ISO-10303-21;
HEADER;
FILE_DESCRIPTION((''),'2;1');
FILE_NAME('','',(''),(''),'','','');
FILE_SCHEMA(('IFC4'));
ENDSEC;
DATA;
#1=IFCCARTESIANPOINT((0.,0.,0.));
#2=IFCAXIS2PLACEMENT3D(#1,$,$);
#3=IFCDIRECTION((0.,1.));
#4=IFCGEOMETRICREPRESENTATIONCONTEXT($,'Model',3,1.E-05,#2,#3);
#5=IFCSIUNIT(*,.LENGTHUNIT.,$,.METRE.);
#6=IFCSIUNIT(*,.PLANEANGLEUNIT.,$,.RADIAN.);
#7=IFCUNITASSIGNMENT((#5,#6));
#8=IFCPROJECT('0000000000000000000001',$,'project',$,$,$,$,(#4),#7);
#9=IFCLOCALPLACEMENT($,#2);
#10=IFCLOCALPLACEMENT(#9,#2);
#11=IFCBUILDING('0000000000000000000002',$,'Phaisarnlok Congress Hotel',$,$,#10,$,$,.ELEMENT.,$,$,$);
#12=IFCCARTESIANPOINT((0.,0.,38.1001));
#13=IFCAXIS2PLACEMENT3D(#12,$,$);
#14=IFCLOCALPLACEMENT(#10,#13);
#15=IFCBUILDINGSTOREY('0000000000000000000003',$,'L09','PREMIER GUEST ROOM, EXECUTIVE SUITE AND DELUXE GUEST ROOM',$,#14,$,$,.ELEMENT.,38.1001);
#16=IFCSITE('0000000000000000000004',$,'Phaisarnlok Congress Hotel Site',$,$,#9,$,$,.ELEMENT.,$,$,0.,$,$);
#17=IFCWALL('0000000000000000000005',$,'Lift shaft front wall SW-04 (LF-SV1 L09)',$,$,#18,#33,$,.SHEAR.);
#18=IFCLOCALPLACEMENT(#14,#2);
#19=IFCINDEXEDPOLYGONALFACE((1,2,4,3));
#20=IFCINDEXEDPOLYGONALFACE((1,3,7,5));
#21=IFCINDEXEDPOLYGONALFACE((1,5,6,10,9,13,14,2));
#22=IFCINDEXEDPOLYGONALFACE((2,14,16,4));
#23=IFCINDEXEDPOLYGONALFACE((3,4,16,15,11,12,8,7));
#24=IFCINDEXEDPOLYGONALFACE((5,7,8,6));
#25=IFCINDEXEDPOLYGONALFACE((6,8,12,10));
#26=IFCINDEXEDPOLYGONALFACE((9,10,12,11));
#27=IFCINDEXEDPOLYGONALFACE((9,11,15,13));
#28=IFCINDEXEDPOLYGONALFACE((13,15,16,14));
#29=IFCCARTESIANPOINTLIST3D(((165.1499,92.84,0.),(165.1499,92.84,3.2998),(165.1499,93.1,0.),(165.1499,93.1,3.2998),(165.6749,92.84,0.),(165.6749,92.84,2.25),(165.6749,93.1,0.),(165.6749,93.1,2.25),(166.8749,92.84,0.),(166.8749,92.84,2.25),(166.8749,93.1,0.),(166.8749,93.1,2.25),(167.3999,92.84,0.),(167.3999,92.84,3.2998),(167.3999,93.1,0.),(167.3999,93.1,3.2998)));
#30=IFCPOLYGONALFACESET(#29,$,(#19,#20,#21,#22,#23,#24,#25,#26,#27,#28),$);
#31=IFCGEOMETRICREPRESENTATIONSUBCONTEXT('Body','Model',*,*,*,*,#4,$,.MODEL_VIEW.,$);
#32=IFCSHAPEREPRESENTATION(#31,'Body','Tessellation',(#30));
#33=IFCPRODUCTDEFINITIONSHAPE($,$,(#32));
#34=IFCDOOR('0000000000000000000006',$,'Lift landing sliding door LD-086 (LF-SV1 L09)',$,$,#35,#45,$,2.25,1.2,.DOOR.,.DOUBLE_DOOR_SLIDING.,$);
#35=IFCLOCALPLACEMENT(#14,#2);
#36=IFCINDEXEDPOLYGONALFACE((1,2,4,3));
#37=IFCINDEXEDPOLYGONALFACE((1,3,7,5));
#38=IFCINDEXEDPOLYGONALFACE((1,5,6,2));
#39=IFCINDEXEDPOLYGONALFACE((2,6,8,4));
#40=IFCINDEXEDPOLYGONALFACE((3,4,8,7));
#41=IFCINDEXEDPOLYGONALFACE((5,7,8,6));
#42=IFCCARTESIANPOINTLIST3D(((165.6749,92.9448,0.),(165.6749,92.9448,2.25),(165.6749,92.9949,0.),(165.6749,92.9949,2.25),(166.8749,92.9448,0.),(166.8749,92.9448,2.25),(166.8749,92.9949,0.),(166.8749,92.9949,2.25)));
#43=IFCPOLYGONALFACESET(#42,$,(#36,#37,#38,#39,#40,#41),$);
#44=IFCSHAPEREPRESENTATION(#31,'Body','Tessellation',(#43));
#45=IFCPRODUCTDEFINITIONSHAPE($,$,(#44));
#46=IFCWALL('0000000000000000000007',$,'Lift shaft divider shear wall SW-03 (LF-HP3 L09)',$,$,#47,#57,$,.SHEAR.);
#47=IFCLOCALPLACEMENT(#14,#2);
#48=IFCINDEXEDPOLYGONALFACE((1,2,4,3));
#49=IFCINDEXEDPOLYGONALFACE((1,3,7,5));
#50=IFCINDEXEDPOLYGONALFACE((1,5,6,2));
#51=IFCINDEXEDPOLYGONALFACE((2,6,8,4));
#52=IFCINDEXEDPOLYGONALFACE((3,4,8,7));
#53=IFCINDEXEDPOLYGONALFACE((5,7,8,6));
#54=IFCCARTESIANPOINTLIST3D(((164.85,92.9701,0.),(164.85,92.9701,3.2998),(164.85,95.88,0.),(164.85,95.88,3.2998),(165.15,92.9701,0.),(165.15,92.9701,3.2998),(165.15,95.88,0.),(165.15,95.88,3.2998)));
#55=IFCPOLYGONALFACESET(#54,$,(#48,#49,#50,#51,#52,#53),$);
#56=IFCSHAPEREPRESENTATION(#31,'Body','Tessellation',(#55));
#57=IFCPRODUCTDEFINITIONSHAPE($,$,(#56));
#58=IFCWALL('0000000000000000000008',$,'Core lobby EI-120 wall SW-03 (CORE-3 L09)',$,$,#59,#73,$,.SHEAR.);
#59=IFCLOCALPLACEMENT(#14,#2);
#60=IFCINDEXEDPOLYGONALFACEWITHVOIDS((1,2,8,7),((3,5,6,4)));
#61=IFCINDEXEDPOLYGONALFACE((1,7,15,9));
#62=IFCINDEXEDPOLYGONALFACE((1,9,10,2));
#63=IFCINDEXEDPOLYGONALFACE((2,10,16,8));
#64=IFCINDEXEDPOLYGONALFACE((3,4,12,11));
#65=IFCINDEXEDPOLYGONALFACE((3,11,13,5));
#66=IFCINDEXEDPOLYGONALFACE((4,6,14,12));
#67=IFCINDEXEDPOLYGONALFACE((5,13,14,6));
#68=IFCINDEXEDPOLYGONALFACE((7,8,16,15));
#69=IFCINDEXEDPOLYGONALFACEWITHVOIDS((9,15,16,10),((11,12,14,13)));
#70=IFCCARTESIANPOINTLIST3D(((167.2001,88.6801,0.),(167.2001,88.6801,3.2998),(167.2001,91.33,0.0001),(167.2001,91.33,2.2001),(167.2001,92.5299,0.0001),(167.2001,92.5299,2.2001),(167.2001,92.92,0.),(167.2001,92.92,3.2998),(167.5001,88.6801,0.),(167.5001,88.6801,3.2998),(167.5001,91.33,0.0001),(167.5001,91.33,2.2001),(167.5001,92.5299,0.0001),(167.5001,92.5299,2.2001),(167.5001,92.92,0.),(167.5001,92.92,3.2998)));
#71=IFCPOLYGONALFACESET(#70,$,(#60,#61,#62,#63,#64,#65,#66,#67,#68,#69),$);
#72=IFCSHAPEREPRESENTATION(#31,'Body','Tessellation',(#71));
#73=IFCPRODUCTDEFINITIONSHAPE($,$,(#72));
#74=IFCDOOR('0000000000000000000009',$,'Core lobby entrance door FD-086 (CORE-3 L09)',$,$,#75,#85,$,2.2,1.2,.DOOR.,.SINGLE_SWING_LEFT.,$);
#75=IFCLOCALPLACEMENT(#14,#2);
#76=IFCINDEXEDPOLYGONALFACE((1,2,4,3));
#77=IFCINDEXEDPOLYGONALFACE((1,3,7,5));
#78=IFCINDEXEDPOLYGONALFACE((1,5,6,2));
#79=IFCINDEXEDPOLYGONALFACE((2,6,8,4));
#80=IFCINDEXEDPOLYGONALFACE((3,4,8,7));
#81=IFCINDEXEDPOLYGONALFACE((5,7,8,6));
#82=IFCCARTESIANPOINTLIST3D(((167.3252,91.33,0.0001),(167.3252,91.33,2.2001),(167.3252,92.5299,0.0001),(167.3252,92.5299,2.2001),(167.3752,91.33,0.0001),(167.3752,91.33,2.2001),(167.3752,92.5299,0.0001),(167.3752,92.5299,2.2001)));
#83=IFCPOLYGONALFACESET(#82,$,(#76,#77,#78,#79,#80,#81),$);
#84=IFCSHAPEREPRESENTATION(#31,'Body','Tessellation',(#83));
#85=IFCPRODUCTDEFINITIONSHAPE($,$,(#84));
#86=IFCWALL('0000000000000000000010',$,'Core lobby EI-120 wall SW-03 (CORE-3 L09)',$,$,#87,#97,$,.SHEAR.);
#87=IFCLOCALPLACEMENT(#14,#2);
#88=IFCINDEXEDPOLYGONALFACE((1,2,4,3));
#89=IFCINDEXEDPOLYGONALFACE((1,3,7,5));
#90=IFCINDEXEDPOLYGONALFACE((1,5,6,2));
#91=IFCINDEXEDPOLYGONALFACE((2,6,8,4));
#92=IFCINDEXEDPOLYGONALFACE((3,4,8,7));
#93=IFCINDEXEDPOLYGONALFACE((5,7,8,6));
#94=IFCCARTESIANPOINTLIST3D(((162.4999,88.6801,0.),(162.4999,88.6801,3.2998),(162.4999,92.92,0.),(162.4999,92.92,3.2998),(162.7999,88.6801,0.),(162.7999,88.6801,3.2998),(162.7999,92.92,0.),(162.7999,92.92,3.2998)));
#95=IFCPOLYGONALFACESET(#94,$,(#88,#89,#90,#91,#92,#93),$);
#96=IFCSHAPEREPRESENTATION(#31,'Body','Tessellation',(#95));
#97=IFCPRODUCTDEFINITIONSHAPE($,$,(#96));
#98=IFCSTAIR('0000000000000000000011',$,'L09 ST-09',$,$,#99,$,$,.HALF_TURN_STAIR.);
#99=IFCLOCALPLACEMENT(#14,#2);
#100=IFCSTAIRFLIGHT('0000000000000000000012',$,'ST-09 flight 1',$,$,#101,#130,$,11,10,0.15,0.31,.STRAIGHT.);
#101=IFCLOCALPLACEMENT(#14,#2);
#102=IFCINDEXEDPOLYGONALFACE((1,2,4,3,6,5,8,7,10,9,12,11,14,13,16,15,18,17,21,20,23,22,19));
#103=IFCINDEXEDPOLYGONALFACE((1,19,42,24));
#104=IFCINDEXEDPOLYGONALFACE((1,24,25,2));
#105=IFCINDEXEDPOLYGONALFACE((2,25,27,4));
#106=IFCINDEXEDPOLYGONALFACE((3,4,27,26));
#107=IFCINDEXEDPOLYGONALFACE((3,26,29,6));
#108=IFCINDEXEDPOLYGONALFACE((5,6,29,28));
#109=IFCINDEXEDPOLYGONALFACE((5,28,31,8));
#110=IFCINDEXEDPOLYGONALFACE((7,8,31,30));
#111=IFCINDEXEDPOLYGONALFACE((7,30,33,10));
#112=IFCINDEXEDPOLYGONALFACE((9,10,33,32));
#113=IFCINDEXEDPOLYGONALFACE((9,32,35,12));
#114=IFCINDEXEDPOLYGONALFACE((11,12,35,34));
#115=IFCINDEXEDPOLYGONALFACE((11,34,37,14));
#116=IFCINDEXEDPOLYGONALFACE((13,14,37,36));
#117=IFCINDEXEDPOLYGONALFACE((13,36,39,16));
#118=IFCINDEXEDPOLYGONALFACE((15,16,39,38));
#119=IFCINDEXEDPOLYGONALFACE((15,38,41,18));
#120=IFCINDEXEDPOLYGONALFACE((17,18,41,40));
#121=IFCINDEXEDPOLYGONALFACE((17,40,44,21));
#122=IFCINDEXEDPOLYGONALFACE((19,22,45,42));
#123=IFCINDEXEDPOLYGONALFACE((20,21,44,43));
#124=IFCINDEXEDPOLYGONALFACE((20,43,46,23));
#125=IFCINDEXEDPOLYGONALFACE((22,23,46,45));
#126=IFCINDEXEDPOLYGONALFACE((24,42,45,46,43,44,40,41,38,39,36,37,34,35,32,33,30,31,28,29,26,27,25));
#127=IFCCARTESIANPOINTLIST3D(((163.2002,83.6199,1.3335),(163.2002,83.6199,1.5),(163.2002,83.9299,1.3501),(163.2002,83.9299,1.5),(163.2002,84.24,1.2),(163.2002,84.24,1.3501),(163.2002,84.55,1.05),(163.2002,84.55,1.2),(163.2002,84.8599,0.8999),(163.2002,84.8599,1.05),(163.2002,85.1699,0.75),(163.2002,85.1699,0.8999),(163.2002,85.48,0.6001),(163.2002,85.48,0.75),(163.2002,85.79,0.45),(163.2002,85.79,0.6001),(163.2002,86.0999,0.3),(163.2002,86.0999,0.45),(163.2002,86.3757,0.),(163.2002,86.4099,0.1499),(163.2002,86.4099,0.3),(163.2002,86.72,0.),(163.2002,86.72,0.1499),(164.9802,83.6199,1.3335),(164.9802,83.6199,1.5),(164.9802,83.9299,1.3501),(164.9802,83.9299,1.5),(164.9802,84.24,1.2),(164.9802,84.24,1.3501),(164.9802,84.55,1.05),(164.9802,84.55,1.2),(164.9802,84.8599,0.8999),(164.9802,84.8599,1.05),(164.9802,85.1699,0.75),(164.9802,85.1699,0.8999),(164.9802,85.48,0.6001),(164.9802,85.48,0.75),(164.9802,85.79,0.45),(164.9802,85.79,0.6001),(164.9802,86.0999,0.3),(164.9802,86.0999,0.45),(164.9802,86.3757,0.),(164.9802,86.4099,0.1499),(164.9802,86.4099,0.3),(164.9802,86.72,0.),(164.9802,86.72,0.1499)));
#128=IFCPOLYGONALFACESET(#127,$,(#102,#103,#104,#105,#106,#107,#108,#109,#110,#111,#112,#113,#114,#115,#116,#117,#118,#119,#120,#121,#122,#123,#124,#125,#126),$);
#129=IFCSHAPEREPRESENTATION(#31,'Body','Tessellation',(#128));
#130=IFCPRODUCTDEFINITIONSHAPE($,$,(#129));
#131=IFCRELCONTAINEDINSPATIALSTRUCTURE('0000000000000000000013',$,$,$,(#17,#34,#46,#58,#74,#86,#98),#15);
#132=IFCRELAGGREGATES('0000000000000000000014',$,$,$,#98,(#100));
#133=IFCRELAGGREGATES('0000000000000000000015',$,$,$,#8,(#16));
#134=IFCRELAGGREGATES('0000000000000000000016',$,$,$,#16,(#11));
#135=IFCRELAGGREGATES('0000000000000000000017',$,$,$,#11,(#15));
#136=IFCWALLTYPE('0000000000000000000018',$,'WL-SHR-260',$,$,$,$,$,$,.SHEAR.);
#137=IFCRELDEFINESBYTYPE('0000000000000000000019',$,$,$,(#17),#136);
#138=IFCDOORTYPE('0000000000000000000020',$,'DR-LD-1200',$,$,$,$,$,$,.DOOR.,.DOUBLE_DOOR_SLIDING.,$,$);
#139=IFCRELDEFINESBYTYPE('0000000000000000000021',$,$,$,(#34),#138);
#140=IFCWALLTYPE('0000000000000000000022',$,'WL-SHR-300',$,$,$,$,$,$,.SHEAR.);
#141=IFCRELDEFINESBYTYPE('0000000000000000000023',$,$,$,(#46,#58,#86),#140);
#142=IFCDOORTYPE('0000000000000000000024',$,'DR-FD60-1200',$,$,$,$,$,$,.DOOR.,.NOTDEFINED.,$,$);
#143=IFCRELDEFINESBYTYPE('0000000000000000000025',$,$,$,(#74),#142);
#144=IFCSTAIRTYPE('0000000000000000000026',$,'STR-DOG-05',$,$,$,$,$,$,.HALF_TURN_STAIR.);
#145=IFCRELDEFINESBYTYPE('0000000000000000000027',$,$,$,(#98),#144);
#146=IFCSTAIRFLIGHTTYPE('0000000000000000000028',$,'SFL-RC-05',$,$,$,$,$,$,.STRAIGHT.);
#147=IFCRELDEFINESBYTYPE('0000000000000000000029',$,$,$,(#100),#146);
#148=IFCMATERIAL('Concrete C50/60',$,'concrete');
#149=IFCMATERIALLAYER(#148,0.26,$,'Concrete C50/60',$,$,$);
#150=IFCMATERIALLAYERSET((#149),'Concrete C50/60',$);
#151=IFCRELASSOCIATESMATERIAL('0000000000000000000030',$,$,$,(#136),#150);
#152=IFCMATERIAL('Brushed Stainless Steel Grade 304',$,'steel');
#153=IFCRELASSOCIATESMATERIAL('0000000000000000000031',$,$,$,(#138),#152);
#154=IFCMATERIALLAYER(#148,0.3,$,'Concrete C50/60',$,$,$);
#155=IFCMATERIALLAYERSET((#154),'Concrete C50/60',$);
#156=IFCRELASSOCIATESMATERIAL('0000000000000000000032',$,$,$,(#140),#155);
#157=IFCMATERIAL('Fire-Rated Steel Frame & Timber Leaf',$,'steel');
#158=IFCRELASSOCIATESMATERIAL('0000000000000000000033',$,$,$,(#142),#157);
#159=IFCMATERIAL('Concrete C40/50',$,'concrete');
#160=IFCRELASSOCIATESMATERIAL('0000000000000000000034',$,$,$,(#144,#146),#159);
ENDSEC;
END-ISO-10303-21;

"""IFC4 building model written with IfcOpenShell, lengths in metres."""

from ifc_helpers import new_model, si_unit, direction, frame, frame_2d, origin, place, context, subcontext, project, spatial, polyline, rectangle, outline, extrude, material, layer, layer_set, type_object, element, fill, aggregate, save


model = new_model("IFC4")

# Units and contexts
model_context = context("Model", 3, precision=1e-05, world=origin(), true_north=direction((0.0, 1.0)))
body_context = subcontext(model_context, "Body", "Model", "MODEL_VIEW")
ifc_project = project(units=[si_unit("LENGTHUNIT", "METRE"), si_unit("PLANEANGLEUNIT", "RADIAN")], contexts=[model_context])

# Site, building, storey
site_placement = place(None, origin())
site = spatial("IfcSite", under=ifc_project, at=site_placement, Name="Phaisarnlok Congress Hotel Site", CompositionType="ELEMENT", RefElevation=0.0)
building_placement = place(site_placement, origin())
building = spatial("IfcBuilding", under=site, at=building_placement, Name="Phaisarnlok Congress Hotel", CompositionType="ELEMENT")
storey_placement = place(building_placement, frame((0.0, 0.0, 38.1001)))
storey = spatial("IfcBuildingStorey", under=building, at=storey_placement, Name="L09", Description="PREMIER GUEST ROOM, EXECUTIVE SUITE AND DELUXE GUEST ROOM", CompositionType="ELEMENT", Elevation=38.1001)

# Shared definitions
ifc_material_1 = material(Name="Concrete C50/60", Category="concrete")

# Shared definitions
ifc_material_2 = material(Name="Concrete C40/50", Category="concrete")

# Shared definitions
ifc_layer_1 = layer(ifc_material_1, 0.26, Name="Concrete C50/60")
ifc_layer_set_1 = layer_set([ifc_layer_1], Name="Concrete C50/60")
wall_type_1 = type_object("IfcWallType", Name="WL-SHR-260", PredefinedType="SHEAR", material=ifc_layer_set_1)
ifc_material_3 = material(Name="Fire-Rated Steel Frame & Timber Leaf", Category="steel")

# Shared definitions
ifc_material_4 = material(Name="Brushed Stainless Steel Grade 304", Category="steel")

# Wall, opening, door
wall_1_placement = place(storey_placement, frame((165.1499, 92.97, 0.0), z_axis=(0.0, 0.0, 1.0), x_axis=(1.0, 0.0, 0.0)))
wall_1 = element("IfcWall", 1, at=wall_1_placement, inside=storey, type_object=wall_type_1, Name="Lift shaft front wall SW-04 (LF-SV1 L09)", PredefinedType="SHEAR", context=body_context, shape_type="SweptSolid", body=[
    extrude(rectangle(XDim=2.25, YDim=0.26, at=frame_2d((1.125, 0.0))), origin(), (0.0, 0.0, 1.0), 3.2998),
])
opening_1_placement = place(wall_1_placement, frame((0.5249, 0.0, 0.0)))
opening_1 = element("IfcOpeningElement", 2, at=opening_1_placement, cuts=wall_1, PredefinedType="OPENING", context=body_context, shape_type="SweptSolid", body=[
    extrude(rectangle(XDim=1.2, YDim=2.25, at=frame_2d((0.6001, 1.125))), frame((0.0, 0.1401, 0.0), z_axis=(0.0, -1.0, 0.0), x_axis=(1.0, 0.0, 0.0)), (0.0, 0.0, 1.0), 0.28),
])
door_type_1 = type_object("IfcDoorType", Name="DR-LD-1200", OperationType="DOUBLE_DOOR_SLIDING", PredefinedType="DOOR", material=ifc_material_4)
door_1_placement = place(opening_1_placement, origin())
door_1 = element("IfcDoor", 3, at=door_1_placement, inside=storey, type_object=door_type_1, Name="Lift landing sliding door LD-086 (LF-SV1 L09)", OperationType="DOUBLE_DOOR_SLIDING", OverallHeight=2.25, OverallWidth=1.2, PredefinedType="DOOR", context=body_context, shape_type="SweptSolid", body=[
    extrude(rectangle(XDim=1.2, YDim=2.25, at=frame_2d((0.6001, 1.125))), frame((0.0, 0.0249, 0.0), z_axis=(0.0, -1.0, 0.0), x_axis=(1.0, 0.0, 0.0)), (0.0, 0.0, 1.0), 0.05),
])
fill(opening_1, door_1)

# Wall
ifc_layer_2 = layer(ifc_material_1, 0.3, Name="Concrete C50/60")
ifc_layer_set_2 = layer_set([ifc_layer_2], Name="Concrete C50/60")
wall_type_2 = type_object("IfcWallType", Name="WL-SHR-300", PredefinedType="SHEAR", material=ifc_layer_set_2)
wall_2_placement = place(storey_placement, frame((165.0, 92.97, 0.0), z_axis=(0.0, 0.0, 1.0), x_axis=(0.0, 1.0, 0.0)))
element("IfcWall", 4, at=wall_2_placement, inside=storey, type_object=wall_type_2, Name="Lift shaft divider shear wall SW-03 (LF-HP3 L09)", PredefinedType="SHEAR", context=body_context, shape_type="SweptSolid", body=[
    extrude(rectangle(XDim=2.9099, YDim=0.3, at=frame_2d((1.4551, 0.0))), origin(), (0.0, 0.0, 1.0), 3.2998),
])

# Wall, opening, door
wall_3_placement = place(storey_placement, frame((167.3501, 88.6799, 0.0), z_axis=(0.0, 0.0, 1.0), x_axis=(0.0, 1.0, 0.0)))
wall_3 = element("IfcWall", 5, at=wall_3_placement, inside=storey, type_object=wall_type_2, Name="Core lobby EI-120 wall SW-03 (CORE-3 L09)", PredefinedType="SHEAR", context=body_context, shape_type="SweptSolid", body=[
    extrude(rectangle(XDim=4.24, YDim=0.3, at=frame_2d((2.1201, 0.0))), origin(), (0.0, 0.0, 1.0), 3.2998),
])
opening_2_placement = place(wall_3_placement, frame((2.6499, 0.0, 0.0)))
opening_2 = element("IfcOpeningElement", 6, at=opening_2_placement, cuts=wall_3, PredefinedType="OPENING", context=body_context, shape_type="SweptSolid", body=[
    extrude(rectangle(XDim=1.2, YDim=2.2, at=frame_2d((0.6001, 1.1001))), frame((0.0, 0.1602, 0.0), z_axis=(0.0, -1.0, 0.0), x_axis=(1.0, 0.0, 0.0)), (0.0, 0.0, 1.0), 0.3201),
])
door_type_2 = type_object("IfcDoorType", Name="DR-FD60-1200", OperationType="NOTDEFINED", PredefinedType="DOOR", material=ifc_material_3)
door_2_placement = place(opening_2_placement, origin())
door_2 = element("IfcDoor", 7, at=door_2_placement, inside=storey, type_object=door_type_2, Name="Core lobby entrance door FD-086 (CORE-3 L09)", OperationType="SINGLE_SWING_LEFT", OverallHeight=2.2, OverallWidth=1.2, PredefinedType="DOOR", context=body_context, shape_type="SweptSolid", body=[
    extrude(rectangle(XDim=1.2, YDim=2.2, at=frame_2d((0.6001, 1.1001))), frame((0.0, 0.0249, 0.0), z_axis=(0.0, -1.0, 0.0), x_axis=(1.0, 0.0, 0.0)), (0.0, 0.0, 1.0), 0.05),
])
fill(opening_2, door_2)

# Wall
wall_4_placement = place(storey_placement, frame((162.6499, 88.6799, 0.0), z_axis=(0.0, 0.0, 1.0), x_axis=(0.0, 1.0, 0.0)))
element("IfcWall", 8, at=wall_4_placement, inside=storey, type_object=wall_type_2, Name="Core lobby EI-120 wall SW-03 (CORE-3 L09)", PredefinedType="SHEAR", context=body_context, shape_type="SweptSolid", body=[
    extrude(rectangle(XDim=4.24, YDim=0.3, at=frame_2d((2.1201, 0.0))), origin(), (0.0, 0.0, 1.0), 3.2998),
])

# Stair, stair flight
stair_type = type_object("IfcStairType", Name="STR-DOG-05", PredefinedType="HALF_TURN_STAIR", material=ifc_material_2)
stair_placement = place(storey_placement, origin())
stair = element("IfcStair", 9, at=stair_placement, inside=storey, type_object=stair_type, Name="L09 ST-09", PredefinedType="HALF_TURN_STAIR")
stair_flight_type = type_object("IfcStairFlightType", Name="SFL-RC-05", PredefinedType="STRAIGHT", material=ifc_material_2)
stair_flight_placement = place(storey_placement, frame((164.0901, 86.72, 0.0), z_axis=(0.0, 0.0, 1.0), x_axis=(0.0, -1.0, 0.0)))
stair_flight = element("IfcStairFlight", 10, at=stair_flight_placement, type_object=stair_flight_type, Name="ST-09 flight 1", NumberOfRisers=11, NumberOfTreads=10, PredefinedType="STRAIGHT", RiserHeight=0.15, TreadLength=0.31, context=body_context, shape_type="SweptSolid", body=[
    extrude(outline(polyline([(0.0, 0.0), (0.0, 0.1499), (0.3101, 0.1499), (0.3101, 0.3), (0.6201, 0.3), (0.6201, 0.45), (0.9299, 0.45), (0.9299, 0.6001), (1.24, 0.6001), (1.24, 0.75), (1.55, 0.75), (1.55, 0.8999), (1.8601, 0.8999), (1.8601, 1.05), (2.1699, 1.05), (2.1699, 1.2), (2.48, 1.2), (2.48, 1.3501), (2.79, 1.3501), (2.79, 1.5), (3.1001, 1.5), (3.1001, 1.6499), (3.1001, 1.3335), (0.3442, 0.0), (0.0, 0.0)])), frame((0.0, 0.8901, 0.0), z_axis=(0.0, -1.0, 0.0), x_axis=(1.0, 0.0, 0.0)), (0.0, 0.0, 1.0), 1.78),
])
aggregate(stair, [stair_flight])

save(model, "model.ifc")
